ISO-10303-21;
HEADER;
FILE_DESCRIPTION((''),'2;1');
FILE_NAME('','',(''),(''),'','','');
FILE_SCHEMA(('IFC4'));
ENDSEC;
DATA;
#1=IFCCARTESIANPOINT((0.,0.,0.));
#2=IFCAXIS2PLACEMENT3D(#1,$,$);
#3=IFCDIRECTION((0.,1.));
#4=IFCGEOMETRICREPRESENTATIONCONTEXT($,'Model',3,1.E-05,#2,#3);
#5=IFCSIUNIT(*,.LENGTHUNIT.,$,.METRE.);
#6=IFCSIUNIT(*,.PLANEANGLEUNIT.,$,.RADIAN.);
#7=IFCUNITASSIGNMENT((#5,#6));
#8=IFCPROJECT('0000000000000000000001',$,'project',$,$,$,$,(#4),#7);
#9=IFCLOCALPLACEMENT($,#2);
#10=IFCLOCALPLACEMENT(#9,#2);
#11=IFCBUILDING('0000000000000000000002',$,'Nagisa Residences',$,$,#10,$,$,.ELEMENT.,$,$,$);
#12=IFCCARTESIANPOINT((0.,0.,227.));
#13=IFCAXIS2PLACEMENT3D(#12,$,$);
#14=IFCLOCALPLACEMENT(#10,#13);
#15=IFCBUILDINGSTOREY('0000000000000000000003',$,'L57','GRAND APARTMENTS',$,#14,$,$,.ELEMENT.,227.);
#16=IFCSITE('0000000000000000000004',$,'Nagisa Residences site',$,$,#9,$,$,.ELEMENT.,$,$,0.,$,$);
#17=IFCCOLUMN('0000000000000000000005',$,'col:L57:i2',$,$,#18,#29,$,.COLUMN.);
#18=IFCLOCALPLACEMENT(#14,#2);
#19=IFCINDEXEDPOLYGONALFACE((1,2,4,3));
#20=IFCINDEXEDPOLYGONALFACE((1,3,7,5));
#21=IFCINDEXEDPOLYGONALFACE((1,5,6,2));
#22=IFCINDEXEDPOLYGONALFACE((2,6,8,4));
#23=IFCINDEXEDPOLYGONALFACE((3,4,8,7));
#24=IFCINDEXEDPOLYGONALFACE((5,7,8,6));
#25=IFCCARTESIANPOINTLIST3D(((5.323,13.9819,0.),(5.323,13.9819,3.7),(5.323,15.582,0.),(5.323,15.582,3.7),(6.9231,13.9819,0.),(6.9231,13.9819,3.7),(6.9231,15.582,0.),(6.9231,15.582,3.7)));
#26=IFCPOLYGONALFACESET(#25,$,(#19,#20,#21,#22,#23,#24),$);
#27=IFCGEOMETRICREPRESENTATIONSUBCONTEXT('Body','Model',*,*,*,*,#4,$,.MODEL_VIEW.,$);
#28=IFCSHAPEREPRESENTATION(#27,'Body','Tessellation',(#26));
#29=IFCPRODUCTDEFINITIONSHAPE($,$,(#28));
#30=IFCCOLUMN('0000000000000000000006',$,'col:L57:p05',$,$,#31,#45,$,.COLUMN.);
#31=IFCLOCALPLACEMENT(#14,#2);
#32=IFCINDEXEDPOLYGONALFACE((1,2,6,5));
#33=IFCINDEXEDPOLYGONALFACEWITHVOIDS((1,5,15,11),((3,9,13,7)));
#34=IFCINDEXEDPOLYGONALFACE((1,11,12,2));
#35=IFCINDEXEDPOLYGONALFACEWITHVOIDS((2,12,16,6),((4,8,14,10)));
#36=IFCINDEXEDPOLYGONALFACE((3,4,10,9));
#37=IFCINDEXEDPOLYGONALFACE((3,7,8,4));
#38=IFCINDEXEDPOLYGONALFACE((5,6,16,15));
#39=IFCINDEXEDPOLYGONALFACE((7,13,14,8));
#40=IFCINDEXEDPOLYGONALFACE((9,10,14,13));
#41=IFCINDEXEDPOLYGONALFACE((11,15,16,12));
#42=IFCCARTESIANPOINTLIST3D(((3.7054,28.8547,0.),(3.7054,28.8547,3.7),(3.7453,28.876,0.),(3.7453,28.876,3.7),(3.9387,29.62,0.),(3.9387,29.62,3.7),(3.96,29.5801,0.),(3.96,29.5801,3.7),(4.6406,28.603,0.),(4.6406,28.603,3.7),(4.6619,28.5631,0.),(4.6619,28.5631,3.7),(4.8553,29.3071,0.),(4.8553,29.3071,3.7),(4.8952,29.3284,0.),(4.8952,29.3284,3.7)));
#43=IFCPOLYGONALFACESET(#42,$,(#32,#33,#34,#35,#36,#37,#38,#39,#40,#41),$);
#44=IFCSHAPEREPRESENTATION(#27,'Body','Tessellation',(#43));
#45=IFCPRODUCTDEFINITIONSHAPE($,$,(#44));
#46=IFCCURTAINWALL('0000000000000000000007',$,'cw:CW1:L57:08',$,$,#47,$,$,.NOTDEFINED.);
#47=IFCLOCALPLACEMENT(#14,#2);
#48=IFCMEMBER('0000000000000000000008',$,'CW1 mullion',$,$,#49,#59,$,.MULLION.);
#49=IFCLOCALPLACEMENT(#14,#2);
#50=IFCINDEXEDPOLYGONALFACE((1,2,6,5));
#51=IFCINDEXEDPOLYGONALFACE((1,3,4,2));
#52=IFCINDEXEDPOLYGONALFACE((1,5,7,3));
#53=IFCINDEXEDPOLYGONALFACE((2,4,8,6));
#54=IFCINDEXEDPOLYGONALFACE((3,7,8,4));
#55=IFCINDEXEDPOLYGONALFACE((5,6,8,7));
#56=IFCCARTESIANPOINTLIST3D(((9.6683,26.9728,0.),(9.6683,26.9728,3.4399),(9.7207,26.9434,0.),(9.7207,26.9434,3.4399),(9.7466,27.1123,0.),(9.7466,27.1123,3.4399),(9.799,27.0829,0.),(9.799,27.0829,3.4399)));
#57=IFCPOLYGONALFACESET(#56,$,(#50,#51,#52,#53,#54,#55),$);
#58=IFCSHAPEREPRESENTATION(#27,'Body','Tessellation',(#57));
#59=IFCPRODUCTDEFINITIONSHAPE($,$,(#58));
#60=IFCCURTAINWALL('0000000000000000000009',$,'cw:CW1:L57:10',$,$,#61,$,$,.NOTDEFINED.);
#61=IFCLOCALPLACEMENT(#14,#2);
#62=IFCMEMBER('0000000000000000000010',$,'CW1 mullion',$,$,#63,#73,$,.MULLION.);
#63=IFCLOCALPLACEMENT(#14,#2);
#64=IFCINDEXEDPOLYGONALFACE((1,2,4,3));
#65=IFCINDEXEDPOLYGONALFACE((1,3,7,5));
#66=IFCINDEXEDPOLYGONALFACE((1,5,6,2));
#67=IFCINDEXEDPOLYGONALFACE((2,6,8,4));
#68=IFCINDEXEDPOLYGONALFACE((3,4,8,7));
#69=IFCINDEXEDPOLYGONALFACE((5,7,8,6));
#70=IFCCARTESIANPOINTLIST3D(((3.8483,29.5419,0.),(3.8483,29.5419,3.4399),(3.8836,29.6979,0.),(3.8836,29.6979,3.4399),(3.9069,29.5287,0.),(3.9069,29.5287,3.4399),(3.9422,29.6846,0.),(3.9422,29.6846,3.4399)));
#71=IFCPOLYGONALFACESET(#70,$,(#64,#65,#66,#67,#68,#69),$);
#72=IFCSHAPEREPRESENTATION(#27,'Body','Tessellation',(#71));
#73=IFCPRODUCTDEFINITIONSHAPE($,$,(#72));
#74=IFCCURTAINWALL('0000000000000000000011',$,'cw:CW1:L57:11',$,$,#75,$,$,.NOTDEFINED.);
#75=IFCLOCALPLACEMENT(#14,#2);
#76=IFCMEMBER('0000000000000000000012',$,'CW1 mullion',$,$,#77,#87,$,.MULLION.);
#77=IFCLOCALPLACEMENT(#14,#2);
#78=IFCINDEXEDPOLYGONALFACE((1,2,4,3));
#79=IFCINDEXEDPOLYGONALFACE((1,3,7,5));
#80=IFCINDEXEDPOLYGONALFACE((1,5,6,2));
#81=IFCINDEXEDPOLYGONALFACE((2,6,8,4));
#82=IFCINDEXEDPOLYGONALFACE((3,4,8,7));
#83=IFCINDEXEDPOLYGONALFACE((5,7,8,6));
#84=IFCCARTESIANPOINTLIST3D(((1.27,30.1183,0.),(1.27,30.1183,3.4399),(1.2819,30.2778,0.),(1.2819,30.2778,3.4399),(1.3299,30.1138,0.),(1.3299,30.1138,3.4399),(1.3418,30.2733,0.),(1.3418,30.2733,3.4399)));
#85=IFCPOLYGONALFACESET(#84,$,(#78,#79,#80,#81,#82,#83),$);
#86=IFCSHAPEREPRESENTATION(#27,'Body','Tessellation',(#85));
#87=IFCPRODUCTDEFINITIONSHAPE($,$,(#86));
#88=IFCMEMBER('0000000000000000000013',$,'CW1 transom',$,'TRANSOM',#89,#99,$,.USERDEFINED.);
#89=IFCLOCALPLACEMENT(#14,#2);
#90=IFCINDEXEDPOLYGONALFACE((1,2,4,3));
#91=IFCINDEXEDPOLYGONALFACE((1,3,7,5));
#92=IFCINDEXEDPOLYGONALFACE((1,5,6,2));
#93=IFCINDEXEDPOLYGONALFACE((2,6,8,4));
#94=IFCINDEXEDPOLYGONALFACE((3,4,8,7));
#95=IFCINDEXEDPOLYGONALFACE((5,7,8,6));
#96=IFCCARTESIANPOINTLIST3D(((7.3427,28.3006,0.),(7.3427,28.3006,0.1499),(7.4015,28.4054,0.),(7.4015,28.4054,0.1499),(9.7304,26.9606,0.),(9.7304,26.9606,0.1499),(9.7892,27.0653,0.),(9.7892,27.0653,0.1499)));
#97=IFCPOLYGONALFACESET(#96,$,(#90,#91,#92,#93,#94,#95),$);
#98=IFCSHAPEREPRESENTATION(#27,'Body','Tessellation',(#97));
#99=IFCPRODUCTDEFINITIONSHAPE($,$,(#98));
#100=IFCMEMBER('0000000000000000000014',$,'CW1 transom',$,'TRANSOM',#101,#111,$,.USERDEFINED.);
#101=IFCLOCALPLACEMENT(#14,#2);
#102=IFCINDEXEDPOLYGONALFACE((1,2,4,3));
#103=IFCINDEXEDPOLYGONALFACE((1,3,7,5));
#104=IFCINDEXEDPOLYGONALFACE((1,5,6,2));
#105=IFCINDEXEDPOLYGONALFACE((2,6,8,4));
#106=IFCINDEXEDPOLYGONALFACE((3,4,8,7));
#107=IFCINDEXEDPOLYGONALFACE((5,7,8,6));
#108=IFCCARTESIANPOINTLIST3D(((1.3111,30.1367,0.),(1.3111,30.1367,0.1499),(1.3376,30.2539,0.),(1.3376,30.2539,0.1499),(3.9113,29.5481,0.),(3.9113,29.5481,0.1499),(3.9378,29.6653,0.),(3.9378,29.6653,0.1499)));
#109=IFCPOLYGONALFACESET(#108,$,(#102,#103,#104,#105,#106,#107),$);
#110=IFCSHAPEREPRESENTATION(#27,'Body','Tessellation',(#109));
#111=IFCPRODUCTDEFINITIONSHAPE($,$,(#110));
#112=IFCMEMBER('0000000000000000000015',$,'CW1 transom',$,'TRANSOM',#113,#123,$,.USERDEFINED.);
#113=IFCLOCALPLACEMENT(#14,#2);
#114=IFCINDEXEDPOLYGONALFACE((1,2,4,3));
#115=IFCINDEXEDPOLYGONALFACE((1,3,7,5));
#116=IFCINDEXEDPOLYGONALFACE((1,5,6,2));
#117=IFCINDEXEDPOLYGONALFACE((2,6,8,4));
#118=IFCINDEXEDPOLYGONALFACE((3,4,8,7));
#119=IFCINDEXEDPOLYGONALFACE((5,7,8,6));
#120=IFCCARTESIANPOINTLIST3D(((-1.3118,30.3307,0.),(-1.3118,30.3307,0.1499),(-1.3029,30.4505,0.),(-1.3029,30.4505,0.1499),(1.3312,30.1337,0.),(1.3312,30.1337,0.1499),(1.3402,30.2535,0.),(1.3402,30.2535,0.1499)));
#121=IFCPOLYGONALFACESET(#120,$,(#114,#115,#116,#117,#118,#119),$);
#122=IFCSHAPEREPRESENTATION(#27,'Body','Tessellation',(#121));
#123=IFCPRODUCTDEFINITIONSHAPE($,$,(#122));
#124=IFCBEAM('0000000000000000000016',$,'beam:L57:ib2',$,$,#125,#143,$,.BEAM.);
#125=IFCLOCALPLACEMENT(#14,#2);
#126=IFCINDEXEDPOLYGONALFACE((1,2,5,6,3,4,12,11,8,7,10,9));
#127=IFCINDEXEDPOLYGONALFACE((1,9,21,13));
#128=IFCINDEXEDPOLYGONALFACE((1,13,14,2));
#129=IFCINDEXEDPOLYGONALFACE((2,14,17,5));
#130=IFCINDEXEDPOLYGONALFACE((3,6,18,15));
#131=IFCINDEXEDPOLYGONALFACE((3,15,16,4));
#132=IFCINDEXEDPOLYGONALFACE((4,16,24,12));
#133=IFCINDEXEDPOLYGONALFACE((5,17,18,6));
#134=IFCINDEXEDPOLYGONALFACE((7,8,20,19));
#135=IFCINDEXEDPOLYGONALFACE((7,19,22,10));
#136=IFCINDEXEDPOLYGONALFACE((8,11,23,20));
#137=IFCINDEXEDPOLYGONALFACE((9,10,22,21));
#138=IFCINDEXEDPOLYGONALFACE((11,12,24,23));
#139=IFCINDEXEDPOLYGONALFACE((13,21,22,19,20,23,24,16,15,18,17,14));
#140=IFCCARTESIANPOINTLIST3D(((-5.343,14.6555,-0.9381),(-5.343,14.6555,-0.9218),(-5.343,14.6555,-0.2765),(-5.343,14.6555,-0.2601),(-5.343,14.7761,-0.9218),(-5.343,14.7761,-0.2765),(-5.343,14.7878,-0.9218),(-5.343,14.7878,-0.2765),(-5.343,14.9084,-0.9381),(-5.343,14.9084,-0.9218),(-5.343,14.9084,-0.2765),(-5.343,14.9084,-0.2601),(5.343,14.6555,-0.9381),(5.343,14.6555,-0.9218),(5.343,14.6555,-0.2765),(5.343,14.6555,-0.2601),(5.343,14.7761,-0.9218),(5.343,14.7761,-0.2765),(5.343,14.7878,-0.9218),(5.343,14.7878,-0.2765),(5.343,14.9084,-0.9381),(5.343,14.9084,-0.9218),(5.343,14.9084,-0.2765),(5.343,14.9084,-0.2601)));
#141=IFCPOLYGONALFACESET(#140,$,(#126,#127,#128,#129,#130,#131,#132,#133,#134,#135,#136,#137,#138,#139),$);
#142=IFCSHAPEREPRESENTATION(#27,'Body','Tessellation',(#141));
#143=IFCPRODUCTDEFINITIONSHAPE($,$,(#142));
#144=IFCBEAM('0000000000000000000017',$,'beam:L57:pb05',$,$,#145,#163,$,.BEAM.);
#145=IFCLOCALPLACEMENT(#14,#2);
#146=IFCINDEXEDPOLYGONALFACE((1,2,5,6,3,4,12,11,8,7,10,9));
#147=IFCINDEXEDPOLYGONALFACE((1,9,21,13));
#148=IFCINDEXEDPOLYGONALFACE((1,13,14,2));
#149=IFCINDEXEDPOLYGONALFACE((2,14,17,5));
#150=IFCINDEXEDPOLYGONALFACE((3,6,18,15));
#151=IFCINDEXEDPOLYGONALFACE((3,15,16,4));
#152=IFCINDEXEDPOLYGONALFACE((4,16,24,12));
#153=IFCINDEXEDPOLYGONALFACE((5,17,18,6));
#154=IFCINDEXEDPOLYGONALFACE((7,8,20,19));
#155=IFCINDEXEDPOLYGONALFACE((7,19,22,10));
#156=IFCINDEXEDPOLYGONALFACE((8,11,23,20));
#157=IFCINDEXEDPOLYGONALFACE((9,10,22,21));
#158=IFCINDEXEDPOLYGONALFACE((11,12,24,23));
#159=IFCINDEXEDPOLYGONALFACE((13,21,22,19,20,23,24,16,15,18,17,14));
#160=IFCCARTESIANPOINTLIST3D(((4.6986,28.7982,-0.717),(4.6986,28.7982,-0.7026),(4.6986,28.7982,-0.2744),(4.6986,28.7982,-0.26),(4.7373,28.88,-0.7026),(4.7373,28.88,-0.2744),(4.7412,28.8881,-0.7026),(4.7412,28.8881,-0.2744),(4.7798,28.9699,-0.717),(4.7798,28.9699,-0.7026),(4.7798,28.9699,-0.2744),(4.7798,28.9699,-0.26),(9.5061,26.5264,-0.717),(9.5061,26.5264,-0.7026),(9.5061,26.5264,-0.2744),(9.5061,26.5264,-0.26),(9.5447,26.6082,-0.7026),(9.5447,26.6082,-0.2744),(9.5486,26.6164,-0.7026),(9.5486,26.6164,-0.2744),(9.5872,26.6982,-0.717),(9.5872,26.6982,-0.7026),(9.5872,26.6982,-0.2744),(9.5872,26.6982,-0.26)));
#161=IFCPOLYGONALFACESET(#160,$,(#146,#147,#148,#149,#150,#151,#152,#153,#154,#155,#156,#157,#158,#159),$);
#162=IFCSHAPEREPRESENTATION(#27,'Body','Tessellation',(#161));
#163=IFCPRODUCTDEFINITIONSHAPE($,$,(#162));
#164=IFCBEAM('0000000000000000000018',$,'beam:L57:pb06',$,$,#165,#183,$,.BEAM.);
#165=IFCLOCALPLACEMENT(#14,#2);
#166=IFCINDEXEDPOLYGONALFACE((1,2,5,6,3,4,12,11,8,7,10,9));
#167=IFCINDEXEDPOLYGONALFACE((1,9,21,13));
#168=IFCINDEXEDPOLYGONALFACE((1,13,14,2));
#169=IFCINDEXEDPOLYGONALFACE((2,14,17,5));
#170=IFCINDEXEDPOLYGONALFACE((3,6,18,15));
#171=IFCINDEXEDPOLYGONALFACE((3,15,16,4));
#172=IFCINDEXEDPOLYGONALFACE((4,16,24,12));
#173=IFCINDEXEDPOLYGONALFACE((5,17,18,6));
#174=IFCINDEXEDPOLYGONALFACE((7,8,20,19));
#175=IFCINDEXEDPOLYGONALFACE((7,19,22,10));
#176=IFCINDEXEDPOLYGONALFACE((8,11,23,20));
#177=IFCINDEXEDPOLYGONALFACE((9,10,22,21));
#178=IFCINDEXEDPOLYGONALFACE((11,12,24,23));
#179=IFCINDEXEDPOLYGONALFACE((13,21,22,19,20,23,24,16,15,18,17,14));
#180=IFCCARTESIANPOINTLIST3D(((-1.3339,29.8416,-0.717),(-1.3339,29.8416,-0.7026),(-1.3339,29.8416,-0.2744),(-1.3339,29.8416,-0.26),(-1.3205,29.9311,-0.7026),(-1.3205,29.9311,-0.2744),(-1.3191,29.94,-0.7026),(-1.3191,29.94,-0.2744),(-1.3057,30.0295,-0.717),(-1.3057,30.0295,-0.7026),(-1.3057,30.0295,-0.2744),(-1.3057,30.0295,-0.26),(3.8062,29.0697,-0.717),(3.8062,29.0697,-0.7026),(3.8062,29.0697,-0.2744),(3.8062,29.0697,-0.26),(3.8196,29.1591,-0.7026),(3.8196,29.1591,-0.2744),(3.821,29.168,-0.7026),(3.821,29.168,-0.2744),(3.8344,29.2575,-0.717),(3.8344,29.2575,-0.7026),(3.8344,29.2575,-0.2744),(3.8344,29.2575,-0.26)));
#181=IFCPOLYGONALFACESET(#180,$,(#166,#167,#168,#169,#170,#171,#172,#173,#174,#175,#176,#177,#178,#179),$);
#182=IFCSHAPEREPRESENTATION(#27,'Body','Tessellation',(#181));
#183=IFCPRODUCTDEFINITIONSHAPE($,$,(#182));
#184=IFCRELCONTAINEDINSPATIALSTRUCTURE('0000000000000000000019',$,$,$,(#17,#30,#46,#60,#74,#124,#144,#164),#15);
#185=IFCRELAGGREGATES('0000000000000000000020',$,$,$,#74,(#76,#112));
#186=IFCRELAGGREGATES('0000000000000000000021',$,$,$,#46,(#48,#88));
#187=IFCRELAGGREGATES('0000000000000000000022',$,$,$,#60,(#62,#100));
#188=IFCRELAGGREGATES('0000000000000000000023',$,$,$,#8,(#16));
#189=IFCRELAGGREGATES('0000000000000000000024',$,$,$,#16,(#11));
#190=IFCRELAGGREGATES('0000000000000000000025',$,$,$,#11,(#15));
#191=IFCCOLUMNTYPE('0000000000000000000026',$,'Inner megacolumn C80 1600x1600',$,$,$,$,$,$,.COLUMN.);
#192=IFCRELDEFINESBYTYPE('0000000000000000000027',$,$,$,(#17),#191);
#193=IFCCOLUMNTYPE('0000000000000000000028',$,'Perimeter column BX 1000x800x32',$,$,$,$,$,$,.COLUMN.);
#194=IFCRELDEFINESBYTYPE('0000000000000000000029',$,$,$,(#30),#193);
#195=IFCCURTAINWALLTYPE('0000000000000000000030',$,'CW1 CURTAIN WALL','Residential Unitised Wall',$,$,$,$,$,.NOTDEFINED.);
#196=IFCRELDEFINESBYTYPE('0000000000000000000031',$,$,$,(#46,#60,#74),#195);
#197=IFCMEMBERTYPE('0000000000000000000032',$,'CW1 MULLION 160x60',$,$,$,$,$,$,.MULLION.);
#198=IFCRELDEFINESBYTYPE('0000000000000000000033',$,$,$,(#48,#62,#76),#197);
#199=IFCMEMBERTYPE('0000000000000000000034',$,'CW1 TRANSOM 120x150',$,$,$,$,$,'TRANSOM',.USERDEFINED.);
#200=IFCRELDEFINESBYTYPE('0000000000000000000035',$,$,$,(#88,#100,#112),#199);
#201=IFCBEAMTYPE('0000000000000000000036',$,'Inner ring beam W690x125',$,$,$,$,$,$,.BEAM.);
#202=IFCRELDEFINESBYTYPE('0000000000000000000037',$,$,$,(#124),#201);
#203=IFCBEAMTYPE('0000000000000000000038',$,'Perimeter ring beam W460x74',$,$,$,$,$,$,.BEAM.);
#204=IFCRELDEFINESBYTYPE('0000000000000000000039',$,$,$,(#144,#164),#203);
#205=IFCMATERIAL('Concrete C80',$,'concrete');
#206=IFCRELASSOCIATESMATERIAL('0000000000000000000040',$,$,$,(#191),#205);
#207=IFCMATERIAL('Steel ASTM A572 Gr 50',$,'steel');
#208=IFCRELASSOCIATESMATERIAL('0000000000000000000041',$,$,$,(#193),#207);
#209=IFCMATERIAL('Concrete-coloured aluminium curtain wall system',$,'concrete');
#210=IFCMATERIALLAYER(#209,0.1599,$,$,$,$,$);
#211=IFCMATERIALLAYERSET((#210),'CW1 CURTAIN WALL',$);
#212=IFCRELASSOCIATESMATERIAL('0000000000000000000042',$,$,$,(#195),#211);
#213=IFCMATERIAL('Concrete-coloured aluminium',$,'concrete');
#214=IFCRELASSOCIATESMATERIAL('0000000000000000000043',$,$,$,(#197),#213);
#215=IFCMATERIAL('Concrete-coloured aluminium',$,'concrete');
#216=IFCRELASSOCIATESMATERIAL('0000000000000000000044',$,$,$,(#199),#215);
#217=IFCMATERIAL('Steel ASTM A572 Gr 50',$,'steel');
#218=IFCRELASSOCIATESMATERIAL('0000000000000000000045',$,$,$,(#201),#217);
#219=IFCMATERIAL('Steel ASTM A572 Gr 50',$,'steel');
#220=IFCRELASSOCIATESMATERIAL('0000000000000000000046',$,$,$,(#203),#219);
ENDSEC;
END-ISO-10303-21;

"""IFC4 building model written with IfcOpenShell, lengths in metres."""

from ifc_helpers import new_model, si_unit, direction, frame, origin, origin_2d, place, context, subcontext, project, spatial, rectangle, hollow_rectangle, i_section, extrude, material, layer, layer_set, material_profile, profile_set, type_object, element, aggregate, save


model = new_model("IFC4")

# Units and contexts
model_context = context("Model", 3, precision=1e-05, world=origin(), true_north=direction((0.0, 1.0)))
body_context = subcontext(model_context, "Body", "Model", "MODEL_VIEW")
ifc_project = project(units=[si_unit("LENGTHUNIT", "METRE"), si_unit("PLANEANGLEUNIT", "RADIAN")], contexts=[model_context])

# Site, building, storey
site_placement = place(None, origin())
site = spatial("IfcSite", under=ifc_project, at=site_placement, Name="Nagisa Residences site", CompositionType="ELEMENT", RefElevation=0.0)
building_placement = place(site_placement, origin())
building = spatial("IfcBuilding", under=site, at=building_placement, Name="Nagisa Residences", CompositionType="ELEMENT")
storey_placement = place(building_placement, frame((0.0, 0.0, 227.0)))
storey = spatial("IfcBuildingStorey", under=building, at=storey_placement, Name="L57", Description="GRAND APARTMENTS", CompositionType="ELEMENT", Elevation=227.0)

# Columns
ifc_material_1 = material(Name="Concrete C80", Category="concrete")
ifc_material_profile_1 = material_profile(ifc_material_1, rectangle(XDim=1.6001, YDim=1.6001, at=origin_2d()), Name="C80 1600x1600")
ifc_profile_set_1 = profile_set([ifc_material_profile_1], Name="Concrete C80")
column_type_1 = type_object("IfcColumnType", Name="Inner megacolumn C80 1600x1600", PredefinedType="COLUMN", material=ifc_profile_set_1)
column_1_placement = place(storey_placement, frame((6.123, 14.782, 0.0), z_axis=(0.0, 0.0, 1.0), x_axis=(1.0, 0.0, 0.0)))
element("IfcColumn", 1, at=column_1_placement, inside=storey, type_object=column_type_1, Name="col:L57:i2", PredefinedType="COLUMN", context=body_context, shape_type="SweptSolid", body=[
    extrude(rectangle(XDim=1.6001, YDim=1.6001, at=origin_2d()), origin(), (0.0, 0.0, 1.0), 3.7),
])
ifc_material_2 = material(Name="Steel ASTM A572 Gr 50", Category="steel")
ifc_material_profile_2 = material_profile(ifc_material_2, hollow_rectangle(XDim=1.0, YDim=0.8, WallThickness=0.032, at=origin_2d()), Name="BX 1000x800x32")
ifc_profile_set_2 = profile_set([ifc_material_profile_2], Name="Steel ASTM A572 Gr 50")
column_type_2 = type_object("IfcColumnType", Name="Perimeter column BX 1000x800x32", PredefinedType="COLUMN", material=ifc_profile_set_2)
column_2_placement = place(storey_placement, frame((4.3003, 29.0916, 0.0), z_axis=(0.0, 0.0, 1.0), x_axis=(-0.956525, 0.291652, 0.0)))
element("IfcColumn", 2, at=column_2_placement, inside=storey, type_object=column_type_2, Name="col:L57:p05", PredefinedType="COLUMN", context=body_context, shape_type="SweptSolid", body=[
    extrude(hollow_rectangle(XDim=1.0, YDim=0.8, WallThickness=0.032, at=origin_2d()), origin(), (0.0, 0.0, 1.0), 3.7),
])

# Curtain walls, members
ifc_material_3 = material(Name="Concrete-coloured aluminium curtain wall system", Category="concrete")
ifc_layer_1 = layer(ifc_material_3, 0.1599)
ifc_layer_set_1 = layer_set([ifc_layer_1], Name="CW1 CURTAIN WALL")
curtain_wall_type = type_object("IfcCurtainWallType", Name="CW1 CURTAIN WALL", Description="Residential Unitised Wall", PredefinedType="NOTDEFINED", material=ifc_layer_set_1)
curtain_wall_1_placement = place(storey_placement, origin())
curtain_wall_1 = element("IfcCurtainWall", 3, at=curtain_wall_1_placement, inside=storey, type_object=curtain_wall_type, Name="cw:CW1:L57:08", PredefinedType="NOTDEFINED")
ifc_material_4 = material(Name="Concrete-coloured aluminium", Category="concrete")
ifc_material_profile_3 = material_profile(ifc_material_4, rectangle(XDim=0.1599, YDim=0.0601, at=origin_2d()), Name="CW1 MULLION 160x60")
ifc_profile_set_3 = profile_set([ifc_material_profile_3], Name="Concrete-coloured aluminium")
member_type_1 = type_object("IfcMemberType", Name="CW1 MULLION 160x60", PredefinedType="MULLION", material=ifc_profile_set_3)
member_1_placement = place(storey_placement, frame((9.7336, 27.0278, 0.0), z_axis=(0.0, 0.0, 1.0), x_axis=(-0.489377, -0.872072, 0.0)))
member_1 = element("IfcMember", 4, at=member_1_placement, type_object=member_type_1, Name="CW1 mullion", PredefinedType="MULLION", context=body_context, shape_type="SweptSolid", body=[
    extrude(rectangle(XDim=0.1599, YDim=0.0601, at=origin_2d()), origin(), (0.0, 0.0, 1.0), 3.4399),
])
curtain_wall_2_placement = place(storey_placement, origin())
curtain_wall_2 = element("IfcCurtainWall", 5, at=curtain_wall_2_placement, inside=storey, type_object=curtain_wall_type, Name="cw:CW1:L57:10", PredefinedType="NOTDEFINED")
member_2_placement = place(storey_placement, frame((3.8953, 29.6133, 0.0), z_axis=(0.0, 0.0, 1.0), x_axis=(-0.220764, -0.975327, 0.0)))
member_2 = element("IfcMember", 6, at=member_2_placement, type_object=member_type_1, Name="CW1 mullion", PredefinedType="MULLION", context=body_context, shape_type="SweptSolid", body=[
    extrude(rectangle(XDim=0.1599, YDim=0.0601, at=origin_2d()), origin(), (0.0, 0.0, 1.0), 3.4399),
])
curtain_wall_3_placement = place(storey_placement, origin())
curtain_wall_3 = element("IfcCurtainWall", 7, at=curtain_wall_3_placement, inside=storey, type_object=curtain_wall_type, Name="cw:CW1:L57:11", PredefinedType="NOTDEFINED")
member_3_placement = place(storey_placement, frame((1.3059, 30.1958, 0.0), z_axis=(0.0, 0.0, 1.0), x_axis=(-0.074377, -0.99723, 0.0)))
member_3 = element("IfcMember", 8, at=member_3_placement, type_object=member_type_1, Name="CW1 mullion", PredefinedType="MULLION", context=body_context, shape_type="SweptSolid", body=[
    extrude(rectangle(XDim=0.1599, YDim=0.0601, at=origin_2d()), origin(), (0.0, 0.0, 1.0), 3.4399),
])

# Members
ifc_material_5 = material(Name="Concrete-coloured aluminium", Category="concrete")
ifc_material_profile_4 = material_profile(ifc_material_5, rectangle(XDim=0.1201, YDim=0.1499, at=origin_2d()), Name="CW1 TRANSOM 120x150")
ifc_profile_set_4 = profile_set([ifc_material_profile_4], Name="Concrete-coloured aluminium")
member_type_2 = type_object("IfcMemberType", Name="CW1 TRANSOM 120x150", ElementType="TRANSOM", PredefinedType="USERDEFINED", material=ifc_profile_set_4)
member_4_placement = place(storey_placement, frame((9.7598, 27.0129, 0.075), z_axis=(-0.872042, 0.489431, 0.0), x_axis=(-0.489431, -0.872042, 0.0)))
member_4 = element("IfcMember", 9, at=member_4_placement, type_object=member_type_2, Name="CW1 transom", ObjectType="TRANSOM", PredefinedType="USERDEFINED", context=body_context, shape_type="SweptSolid", body=[
    extrude(rectangle(XDim=0.1201, YDim=0.1499, at=origin_2d()), origin(), (0.0, 0.0, 1.0), 2.738),
])
member_5_placement = place(storey_placement, frame((3.9246, 29.6067, 0.075), z_axis=(-0.975324, 0.220778, 0.0), x_axis=(-0.220778, -0.975324, 0.0)))
member_5 = element("IfcMember", 10, at=member_5_placement, type_object=member_type_2, Name="CW1 transom", ObjectType="TRANSOM", PredefinedType="USERDEFINED", context=body_context, shape_type="SweptSolid", body=[
    extrude(rectangle(XDim=0.1201, YDim=0.1499, at=origin_2d()), origin(), (0.0, 0.0, 1.0), 2.666),
])
member_6_placement = place(storey_placement, frame((1.3357, 30.1936, 0.075), z_axis=(-0.997233, 0.074337, 0.0), x_axis=(-0.074337, -0.997233, 0.0)))
member_6 = element("IfcMember", 11, at=member_6_placement, type_object=member_type_2, Name="CW1 transom", ObjectType="TRANSOM", PredefinedType="USERDEFINED", context=body_context, shape_type="SweptSolid", body=[
    extrude(rectangle(XDim=0.1201, YDim=0.1499, at=origin_2d()), origin(), (0.0, 0.0, 1.0), 2.6504),
])
aggregate(curtain_wall_3, [member_3, member_6])

# Beams
ifc_material_6 = material(Name="Steel ASTM A572 Gr 50", Category="steel")
ifc_material_profile_5 = material_profile(ifc_material_6, i_section(OverallWidth=0.2529, OverallDepth=0.678, WebThickness=0.0117, FlangeThickness=0.0164, at=origin_2d()), Name="W690x125")
ifc_profile_set_5 = profile_set([ifc_material_profile_5], Name="Steel ASTM A572 Gr 50")
beam_type_1 = type_object("IfcBeamType", Name="Inner ring beam W690x125", PredefinedType="BEAM", material=ifc_profile_set_5)
beam_1_placement = place(storey_placement, frame((5.343, 14.782, -0.5991), z_axis=(-1.0, 0.0, 0.0), x_axis=(0.0, -1.0, 0.0)))
element("IfcBeam", 12, at=beam_1_placement, inside=storey, type_object=beam_type_1, Name="beam:L57:ib2", PredefinedType="BEAM", context=body_context, shape_type="SweptSolid", body=[
    extrude(i_section(OverallWidth=0.2529, OverallDepth=0.678, WebThickness=0.0117, FlangeThickness=0.0164, at=origin_2d()), origin(), (0.0, 0.0, 1.0), 10.686),
])
ifc_material_7 = material(Name="Steel ASTM A572 Gr 50", Category="steel")
ifc_material_profile_6 = material_profile(ifc_material_7, i_section(OverallWidth=0.1899, OverallDepth=0.457, WebThickness=0.009, FlangeThickness=0.0144, at=origin_2d()), Name="W460x74")
ifc_profile_set_6 = profile_set([ifc_material_profile_6], Name="Steel ASTM A572 Gr 50")
beam_type_2 = type_object("IfcBeamType", Name="Perimeter ring beam W460x74", PredefinedType="BEAM", material=ifc_profile_set_6)
beam_2_placement = place(storey_placement, frame((9.5466, 26.6123, -0.4885), z_axis=(-0.904134, 0.427249, 0.0), x_axis=(-0.427249, -0.904134, 0.0)))
element("IfcBeam", 13, at=beam_2_placement, inside=storey, type_object=beam_type_2, Name="beam:L57:pb05", PredefinedType="BEAM", context=body_context, shape_type="SweptSolid", body=[
    extrude(i_section(OverallWidth=0.1899, OverallDepth=0.457, WebThickness=0.009, FlangeThickness=0.0144, at=origin_2d()), origin(), (0.0, 0.0, 1.0), 5.3171),
])
beam_3_placement = place(storey_placement, frame((3.8203, 29.1636, -0.4885), z_axis=(-0.988909, 0.14852, 0.0), x_axis=(-0.14852, -0.988909, 0.0)))
element("IfcBeam", 14, at=beam_3_placement, inside=storey, type_object=beam_type_2, Name="beam:L57:pb06", PredefinedType="BEAM", context=body_context, shape_type="SweptSolid", body=[
    extrude(i_section(OverallWidth=0.1899, OverallDepth=0.457, WebThickness=0.009, FlangeThickness=0.0144, at=origin_2d()), origin(), (0.0, 0.0, 1.0), 5.1978),
])

aggregate(curtain_wall_1, [member_1, member_4])
aggregate(curtain_wall_2, [member_2, member_5])

save(model, "model.ifc")
